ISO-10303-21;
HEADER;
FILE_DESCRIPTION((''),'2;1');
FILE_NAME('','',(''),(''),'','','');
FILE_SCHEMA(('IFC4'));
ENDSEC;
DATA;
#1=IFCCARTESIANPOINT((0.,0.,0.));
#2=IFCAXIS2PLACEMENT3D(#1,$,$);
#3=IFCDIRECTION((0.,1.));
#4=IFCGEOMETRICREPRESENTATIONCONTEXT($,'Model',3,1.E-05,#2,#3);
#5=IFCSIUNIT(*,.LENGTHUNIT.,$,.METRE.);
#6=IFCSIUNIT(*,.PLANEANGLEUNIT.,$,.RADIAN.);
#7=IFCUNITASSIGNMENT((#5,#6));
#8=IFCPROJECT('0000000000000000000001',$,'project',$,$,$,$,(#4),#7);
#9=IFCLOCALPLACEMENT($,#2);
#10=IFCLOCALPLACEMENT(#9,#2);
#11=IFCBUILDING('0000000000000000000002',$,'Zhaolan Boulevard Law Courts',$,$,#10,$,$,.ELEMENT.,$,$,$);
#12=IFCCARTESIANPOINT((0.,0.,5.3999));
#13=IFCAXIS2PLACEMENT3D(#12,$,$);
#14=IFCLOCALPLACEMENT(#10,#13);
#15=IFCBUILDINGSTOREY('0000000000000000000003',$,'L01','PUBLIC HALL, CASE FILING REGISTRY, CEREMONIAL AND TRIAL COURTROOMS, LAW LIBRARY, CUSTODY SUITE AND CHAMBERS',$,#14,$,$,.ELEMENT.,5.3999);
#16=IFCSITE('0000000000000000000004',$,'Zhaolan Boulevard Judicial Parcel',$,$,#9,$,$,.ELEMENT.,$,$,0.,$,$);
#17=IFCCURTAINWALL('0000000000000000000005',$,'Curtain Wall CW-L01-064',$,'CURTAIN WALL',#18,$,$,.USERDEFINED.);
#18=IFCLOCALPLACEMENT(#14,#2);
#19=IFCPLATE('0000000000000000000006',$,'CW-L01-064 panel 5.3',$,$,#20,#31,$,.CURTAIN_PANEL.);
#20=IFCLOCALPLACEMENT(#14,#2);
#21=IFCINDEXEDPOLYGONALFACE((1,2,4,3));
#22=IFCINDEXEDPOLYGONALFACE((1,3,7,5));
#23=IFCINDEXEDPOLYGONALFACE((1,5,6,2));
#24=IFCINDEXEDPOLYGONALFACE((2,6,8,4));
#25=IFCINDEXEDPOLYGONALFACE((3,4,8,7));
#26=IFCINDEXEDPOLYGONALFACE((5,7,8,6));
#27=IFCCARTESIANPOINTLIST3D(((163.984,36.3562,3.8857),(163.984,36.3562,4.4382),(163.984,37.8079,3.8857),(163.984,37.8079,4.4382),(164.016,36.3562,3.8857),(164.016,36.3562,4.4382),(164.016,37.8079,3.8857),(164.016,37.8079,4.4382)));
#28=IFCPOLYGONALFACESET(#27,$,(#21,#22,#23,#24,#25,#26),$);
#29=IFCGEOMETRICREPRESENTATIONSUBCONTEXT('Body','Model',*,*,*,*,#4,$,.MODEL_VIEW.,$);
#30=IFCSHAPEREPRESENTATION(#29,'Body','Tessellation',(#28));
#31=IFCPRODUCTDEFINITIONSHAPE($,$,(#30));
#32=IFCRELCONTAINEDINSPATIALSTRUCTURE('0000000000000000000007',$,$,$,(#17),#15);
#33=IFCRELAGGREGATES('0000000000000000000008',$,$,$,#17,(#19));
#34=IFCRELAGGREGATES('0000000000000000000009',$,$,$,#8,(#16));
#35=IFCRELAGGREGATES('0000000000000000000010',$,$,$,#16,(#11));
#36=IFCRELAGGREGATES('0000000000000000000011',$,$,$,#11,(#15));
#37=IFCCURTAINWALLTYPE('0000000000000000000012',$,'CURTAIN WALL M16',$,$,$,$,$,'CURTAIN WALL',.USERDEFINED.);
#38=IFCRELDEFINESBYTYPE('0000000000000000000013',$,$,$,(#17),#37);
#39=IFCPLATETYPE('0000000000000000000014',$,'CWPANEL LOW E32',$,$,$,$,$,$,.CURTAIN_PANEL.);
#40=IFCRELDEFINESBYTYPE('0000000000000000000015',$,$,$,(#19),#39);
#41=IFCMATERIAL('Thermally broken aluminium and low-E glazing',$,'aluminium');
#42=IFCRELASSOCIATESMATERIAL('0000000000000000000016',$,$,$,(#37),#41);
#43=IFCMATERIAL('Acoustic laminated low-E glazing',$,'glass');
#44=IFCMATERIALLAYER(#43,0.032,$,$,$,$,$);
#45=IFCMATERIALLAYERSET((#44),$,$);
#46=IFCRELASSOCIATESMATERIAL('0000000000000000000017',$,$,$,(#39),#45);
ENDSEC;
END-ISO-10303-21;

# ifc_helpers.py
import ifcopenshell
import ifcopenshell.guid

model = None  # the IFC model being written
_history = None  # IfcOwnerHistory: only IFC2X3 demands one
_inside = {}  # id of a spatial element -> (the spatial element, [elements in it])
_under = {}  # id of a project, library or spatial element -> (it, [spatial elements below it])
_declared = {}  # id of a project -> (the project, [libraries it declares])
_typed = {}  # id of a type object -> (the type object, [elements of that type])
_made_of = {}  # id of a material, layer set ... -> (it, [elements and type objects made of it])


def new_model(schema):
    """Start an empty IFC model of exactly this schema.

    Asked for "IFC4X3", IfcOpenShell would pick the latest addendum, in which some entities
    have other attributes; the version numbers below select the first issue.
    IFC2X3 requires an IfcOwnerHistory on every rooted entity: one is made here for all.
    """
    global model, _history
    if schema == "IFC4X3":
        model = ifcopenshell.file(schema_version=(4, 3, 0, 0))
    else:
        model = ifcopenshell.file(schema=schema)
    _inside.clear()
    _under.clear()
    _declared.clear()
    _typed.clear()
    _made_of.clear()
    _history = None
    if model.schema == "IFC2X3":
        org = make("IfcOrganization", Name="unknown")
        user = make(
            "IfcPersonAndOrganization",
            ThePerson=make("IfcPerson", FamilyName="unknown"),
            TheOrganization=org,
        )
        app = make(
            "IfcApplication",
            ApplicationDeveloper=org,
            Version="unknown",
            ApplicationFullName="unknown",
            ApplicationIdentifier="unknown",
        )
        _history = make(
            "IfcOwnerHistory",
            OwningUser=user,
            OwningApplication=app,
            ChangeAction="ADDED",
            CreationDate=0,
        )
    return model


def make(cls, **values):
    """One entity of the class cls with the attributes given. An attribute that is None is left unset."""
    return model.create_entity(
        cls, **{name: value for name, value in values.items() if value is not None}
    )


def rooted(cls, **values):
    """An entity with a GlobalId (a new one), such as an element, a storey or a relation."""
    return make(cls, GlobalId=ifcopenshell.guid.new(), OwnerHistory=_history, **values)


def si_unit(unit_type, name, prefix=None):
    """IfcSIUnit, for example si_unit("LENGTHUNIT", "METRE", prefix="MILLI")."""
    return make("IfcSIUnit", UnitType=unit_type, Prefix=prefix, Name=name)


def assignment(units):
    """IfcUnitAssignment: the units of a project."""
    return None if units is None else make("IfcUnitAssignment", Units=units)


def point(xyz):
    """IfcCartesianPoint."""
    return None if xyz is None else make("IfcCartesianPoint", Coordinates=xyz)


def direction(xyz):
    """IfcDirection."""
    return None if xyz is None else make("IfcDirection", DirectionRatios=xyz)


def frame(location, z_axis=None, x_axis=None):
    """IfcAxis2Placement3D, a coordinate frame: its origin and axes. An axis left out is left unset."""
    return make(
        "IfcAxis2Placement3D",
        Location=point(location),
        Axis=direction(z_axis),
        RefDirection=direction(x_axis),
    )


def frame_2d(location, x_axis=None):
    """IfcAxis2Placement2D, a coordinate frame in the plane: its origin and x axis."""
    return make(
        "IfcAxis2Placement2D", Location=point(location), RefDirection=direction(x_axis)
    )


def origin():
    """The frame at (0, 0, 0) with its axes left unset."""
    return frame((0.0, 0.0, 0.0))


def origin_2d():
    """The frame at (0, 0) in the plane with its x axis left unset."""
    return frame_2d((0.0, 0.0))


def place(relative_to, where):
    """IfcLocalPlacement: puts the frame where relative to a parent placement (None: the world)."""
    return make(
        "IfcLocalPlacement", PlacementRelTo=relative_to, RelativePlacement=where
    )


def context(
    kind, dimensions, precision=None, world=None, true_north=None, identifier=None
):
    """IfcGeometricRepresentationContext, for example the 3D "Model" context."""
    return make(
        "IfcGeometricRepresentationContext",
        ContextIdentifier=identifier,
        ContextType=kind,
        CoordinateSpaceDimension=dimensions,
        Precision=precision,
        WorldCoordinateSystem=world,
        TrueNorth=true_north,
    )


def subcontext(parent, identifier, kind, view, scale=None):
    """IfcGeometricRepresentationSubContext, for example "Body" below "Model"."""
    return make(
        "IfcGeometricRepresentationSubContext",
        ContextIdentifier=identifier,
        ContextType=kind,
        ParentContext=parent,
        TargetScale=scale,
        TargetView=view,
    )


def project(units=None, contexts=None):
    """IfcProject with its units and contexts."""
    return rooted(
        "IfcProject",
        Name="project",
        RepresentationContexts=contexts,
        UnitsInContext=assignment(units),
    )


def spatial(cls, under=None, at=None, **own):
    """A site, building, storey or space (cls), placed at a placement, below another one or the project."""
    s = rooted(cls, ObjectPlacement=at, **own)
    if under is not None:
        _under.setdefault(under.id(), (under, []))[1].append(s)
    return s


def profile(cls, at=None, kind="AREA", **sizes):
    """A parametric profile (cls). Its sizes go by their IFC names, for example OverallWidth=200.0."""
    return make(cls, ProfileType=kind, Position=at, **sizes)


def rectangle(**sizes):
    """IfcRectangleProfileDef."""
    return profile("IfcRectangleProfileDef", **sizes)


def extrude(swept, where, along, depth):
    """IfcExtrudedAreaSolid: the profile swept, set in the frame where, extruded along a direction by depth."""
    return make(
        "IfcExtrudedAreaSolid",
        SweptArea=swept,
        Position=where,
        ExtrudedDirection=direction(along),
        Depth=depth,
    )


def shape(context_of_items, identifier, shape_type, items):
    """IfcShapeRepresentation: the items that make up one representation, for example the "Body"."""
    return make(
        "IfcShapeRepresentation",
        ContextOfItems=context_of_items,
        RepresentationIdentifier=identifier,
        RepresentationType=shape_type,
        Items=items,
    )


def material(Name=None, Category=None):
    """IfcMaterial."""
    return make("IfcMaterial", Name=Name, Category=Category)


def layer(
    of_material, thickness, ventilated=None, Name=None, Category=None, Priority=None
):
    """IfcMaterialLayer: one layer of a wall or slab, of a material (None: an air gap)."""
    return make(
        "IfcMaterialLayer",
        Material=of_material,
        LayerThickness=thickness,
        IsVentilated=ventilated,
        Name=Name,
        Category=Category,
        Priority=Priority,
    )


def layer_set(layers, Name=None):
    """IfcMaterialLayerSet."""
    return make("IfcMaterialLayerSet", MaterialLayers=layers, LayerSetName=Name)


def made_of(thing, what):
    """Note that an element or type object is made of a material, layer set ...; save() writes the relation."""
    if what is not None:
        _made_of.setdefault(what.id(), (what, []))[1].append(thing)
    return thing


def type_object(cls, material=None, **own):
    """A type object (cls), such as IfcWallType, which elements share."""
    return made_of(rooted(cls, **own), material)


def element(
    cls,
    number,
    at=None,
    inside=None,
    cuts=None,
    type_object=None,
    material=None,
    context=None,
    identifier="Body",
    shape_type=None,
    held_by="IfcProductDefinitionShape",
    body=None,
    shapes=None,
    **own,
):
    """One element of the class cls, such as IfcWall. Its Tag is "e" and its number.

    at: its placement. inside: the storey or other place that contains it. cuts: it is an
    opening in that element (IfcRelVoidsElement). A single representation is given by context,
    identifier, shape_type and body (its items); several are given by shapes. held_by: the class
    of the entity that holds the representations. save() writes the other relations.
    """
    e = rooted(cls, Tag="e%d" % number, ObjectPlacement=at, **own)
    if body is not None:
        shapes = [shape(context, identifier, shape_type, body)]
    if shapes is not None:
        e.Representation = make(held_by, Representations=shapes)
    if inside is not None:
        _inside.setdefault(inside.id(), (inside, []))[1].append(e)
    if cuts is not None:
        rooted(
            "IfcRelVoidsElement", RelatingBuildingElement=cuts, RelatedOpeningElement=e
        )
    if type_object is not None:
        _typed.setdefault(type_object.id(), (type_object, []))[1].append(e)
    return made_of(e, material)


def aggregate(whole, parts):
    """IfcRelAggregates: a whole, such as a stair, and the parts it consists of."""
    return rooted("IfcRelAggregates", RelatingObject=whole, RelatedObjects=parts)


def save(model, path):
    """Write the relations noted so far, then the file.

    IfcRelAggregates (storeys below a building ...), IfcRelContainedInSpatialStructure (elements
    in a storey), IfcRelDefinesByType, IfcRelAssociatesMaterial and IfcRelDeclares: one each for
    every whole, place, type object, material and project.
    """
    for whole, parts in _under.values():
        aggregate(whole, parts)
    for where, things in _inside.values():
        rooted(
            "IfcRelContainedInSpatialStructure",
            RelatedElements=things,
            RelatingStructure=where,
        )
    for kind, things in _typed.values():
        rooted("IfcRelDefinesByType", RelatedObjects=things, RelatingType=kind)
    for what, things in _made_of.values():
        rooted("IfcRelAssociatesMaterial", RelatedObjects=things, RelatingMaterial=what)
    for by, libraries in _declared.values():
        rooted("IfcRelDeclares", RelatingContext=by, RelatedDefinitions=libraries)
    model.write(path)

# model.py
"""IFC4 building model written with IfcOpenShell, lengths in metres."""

from ifc_helpers import new_model, si_unit, direction, frame, origin, origin_2d, place, context, subcontext, project, spatial, rectangle, extrude, material, layer, layer_set, type_object, element, aggregate, save


model = new_model("IFC4")

# Units and contexts
model_context = context("Model", 3, precision=1e-05, world=origin(), true_north=direction((0.0, 1.0)))
body_context = subcontext(model_context, "Body", "Model", "MODEL_VIEW")
ifc_project = project(units=[si_unit("LENGTHUNIT", "METRE"), si_unit("PLANEANGLEUNIT", "RADIAN")], contexts=[model_context])

# Site, building, storey
site_placement = place(None, origin())
site = spatial("IfcSite", under=ifc_project, at=site_placement, Name="Zhaolan Boulevard Judicial Parcel", CompositionType="ELEMENT", RefElevation=0.0)
building_placement = place(site_placement, origin())
building = spatial("IfcBuilding", under=site, at=building_placement, Name="Zhaolan Boulevard Law Courts", CompositionType="ELEMENT")
storey_placement = place(building_placement, frame((0.0, 0.0, 5.3999)))
storey = spatial("IfcBuildingStorey", under=building, at=storey_placement, Name="L01", Description="PUBLIC HALL, CASE FILING REGISTRY, CEREMONIAL AND TRIAL COURTROOMS, LAW LIBRARY, CUSTODY SUITE AND CHAMBERS", CompositionType="ELEMENT", Elevation=5.3999)

# Curtain wall
ifc_material_1 = material(Name="Thermally broken aluminium and low-E glazing", Category="aluminium")
curtain_wall_type_1 = type_object("IfcCurtainWallType", Name="CURTAIN WALL M16", ElementType="CURTAIN WALL", PredefinedType="USERDEFINED", material=ifc_material_1)
curtain_wall_1_placement = place(storey_placement, origin())
curtain_wall_1 = element("IfcCurtainWall", 1, at=curtain_wall_1_placement, inside=storey, type_object=curtain_wall_type_1, Name="Curtain Wall CW-L01-064", ObjectType="CURTAIN WALL", PredefinedType="USERDEFINED")

# Plate
ifc_material_2 = material(Name="Acoustic laminated low-E glazing", Category="glass")
ifc_layer = layer(ifc_material_2, 0.032)
ifc_layer_set = layer_set([ifc_layer])
plate_type = type_object("IfcPlateType", Name="CWPANEL LOW E32", PredefinedType="CURTAIN_PANEL", material=ifc_layer_set)
plate_1_placement = place(storey_placement, frame((164.0, 37.082, 3.8857), z_axis=(0.0, 0.0, 1.0), x_axis=(0.0, 1.0, 0.0)))
plate_1 = element("IfcPlate", 2, at=plate_1_placement, type_object=plate_type, Name="CW-L01-064 panel 5.3", PredefinedType="CURTAIN_PANEL", context=body_context, shape_type="SweptSolid", body=[
    extrude(rectangle(XDim=1.4517, YDim=0.032, at=origin_2d()), origin(), (0.0, 0.0, 1.0), 0.5525),
])
aggregate(curtain_wall_1, [plate_1])

save(model, "model.ifc")
